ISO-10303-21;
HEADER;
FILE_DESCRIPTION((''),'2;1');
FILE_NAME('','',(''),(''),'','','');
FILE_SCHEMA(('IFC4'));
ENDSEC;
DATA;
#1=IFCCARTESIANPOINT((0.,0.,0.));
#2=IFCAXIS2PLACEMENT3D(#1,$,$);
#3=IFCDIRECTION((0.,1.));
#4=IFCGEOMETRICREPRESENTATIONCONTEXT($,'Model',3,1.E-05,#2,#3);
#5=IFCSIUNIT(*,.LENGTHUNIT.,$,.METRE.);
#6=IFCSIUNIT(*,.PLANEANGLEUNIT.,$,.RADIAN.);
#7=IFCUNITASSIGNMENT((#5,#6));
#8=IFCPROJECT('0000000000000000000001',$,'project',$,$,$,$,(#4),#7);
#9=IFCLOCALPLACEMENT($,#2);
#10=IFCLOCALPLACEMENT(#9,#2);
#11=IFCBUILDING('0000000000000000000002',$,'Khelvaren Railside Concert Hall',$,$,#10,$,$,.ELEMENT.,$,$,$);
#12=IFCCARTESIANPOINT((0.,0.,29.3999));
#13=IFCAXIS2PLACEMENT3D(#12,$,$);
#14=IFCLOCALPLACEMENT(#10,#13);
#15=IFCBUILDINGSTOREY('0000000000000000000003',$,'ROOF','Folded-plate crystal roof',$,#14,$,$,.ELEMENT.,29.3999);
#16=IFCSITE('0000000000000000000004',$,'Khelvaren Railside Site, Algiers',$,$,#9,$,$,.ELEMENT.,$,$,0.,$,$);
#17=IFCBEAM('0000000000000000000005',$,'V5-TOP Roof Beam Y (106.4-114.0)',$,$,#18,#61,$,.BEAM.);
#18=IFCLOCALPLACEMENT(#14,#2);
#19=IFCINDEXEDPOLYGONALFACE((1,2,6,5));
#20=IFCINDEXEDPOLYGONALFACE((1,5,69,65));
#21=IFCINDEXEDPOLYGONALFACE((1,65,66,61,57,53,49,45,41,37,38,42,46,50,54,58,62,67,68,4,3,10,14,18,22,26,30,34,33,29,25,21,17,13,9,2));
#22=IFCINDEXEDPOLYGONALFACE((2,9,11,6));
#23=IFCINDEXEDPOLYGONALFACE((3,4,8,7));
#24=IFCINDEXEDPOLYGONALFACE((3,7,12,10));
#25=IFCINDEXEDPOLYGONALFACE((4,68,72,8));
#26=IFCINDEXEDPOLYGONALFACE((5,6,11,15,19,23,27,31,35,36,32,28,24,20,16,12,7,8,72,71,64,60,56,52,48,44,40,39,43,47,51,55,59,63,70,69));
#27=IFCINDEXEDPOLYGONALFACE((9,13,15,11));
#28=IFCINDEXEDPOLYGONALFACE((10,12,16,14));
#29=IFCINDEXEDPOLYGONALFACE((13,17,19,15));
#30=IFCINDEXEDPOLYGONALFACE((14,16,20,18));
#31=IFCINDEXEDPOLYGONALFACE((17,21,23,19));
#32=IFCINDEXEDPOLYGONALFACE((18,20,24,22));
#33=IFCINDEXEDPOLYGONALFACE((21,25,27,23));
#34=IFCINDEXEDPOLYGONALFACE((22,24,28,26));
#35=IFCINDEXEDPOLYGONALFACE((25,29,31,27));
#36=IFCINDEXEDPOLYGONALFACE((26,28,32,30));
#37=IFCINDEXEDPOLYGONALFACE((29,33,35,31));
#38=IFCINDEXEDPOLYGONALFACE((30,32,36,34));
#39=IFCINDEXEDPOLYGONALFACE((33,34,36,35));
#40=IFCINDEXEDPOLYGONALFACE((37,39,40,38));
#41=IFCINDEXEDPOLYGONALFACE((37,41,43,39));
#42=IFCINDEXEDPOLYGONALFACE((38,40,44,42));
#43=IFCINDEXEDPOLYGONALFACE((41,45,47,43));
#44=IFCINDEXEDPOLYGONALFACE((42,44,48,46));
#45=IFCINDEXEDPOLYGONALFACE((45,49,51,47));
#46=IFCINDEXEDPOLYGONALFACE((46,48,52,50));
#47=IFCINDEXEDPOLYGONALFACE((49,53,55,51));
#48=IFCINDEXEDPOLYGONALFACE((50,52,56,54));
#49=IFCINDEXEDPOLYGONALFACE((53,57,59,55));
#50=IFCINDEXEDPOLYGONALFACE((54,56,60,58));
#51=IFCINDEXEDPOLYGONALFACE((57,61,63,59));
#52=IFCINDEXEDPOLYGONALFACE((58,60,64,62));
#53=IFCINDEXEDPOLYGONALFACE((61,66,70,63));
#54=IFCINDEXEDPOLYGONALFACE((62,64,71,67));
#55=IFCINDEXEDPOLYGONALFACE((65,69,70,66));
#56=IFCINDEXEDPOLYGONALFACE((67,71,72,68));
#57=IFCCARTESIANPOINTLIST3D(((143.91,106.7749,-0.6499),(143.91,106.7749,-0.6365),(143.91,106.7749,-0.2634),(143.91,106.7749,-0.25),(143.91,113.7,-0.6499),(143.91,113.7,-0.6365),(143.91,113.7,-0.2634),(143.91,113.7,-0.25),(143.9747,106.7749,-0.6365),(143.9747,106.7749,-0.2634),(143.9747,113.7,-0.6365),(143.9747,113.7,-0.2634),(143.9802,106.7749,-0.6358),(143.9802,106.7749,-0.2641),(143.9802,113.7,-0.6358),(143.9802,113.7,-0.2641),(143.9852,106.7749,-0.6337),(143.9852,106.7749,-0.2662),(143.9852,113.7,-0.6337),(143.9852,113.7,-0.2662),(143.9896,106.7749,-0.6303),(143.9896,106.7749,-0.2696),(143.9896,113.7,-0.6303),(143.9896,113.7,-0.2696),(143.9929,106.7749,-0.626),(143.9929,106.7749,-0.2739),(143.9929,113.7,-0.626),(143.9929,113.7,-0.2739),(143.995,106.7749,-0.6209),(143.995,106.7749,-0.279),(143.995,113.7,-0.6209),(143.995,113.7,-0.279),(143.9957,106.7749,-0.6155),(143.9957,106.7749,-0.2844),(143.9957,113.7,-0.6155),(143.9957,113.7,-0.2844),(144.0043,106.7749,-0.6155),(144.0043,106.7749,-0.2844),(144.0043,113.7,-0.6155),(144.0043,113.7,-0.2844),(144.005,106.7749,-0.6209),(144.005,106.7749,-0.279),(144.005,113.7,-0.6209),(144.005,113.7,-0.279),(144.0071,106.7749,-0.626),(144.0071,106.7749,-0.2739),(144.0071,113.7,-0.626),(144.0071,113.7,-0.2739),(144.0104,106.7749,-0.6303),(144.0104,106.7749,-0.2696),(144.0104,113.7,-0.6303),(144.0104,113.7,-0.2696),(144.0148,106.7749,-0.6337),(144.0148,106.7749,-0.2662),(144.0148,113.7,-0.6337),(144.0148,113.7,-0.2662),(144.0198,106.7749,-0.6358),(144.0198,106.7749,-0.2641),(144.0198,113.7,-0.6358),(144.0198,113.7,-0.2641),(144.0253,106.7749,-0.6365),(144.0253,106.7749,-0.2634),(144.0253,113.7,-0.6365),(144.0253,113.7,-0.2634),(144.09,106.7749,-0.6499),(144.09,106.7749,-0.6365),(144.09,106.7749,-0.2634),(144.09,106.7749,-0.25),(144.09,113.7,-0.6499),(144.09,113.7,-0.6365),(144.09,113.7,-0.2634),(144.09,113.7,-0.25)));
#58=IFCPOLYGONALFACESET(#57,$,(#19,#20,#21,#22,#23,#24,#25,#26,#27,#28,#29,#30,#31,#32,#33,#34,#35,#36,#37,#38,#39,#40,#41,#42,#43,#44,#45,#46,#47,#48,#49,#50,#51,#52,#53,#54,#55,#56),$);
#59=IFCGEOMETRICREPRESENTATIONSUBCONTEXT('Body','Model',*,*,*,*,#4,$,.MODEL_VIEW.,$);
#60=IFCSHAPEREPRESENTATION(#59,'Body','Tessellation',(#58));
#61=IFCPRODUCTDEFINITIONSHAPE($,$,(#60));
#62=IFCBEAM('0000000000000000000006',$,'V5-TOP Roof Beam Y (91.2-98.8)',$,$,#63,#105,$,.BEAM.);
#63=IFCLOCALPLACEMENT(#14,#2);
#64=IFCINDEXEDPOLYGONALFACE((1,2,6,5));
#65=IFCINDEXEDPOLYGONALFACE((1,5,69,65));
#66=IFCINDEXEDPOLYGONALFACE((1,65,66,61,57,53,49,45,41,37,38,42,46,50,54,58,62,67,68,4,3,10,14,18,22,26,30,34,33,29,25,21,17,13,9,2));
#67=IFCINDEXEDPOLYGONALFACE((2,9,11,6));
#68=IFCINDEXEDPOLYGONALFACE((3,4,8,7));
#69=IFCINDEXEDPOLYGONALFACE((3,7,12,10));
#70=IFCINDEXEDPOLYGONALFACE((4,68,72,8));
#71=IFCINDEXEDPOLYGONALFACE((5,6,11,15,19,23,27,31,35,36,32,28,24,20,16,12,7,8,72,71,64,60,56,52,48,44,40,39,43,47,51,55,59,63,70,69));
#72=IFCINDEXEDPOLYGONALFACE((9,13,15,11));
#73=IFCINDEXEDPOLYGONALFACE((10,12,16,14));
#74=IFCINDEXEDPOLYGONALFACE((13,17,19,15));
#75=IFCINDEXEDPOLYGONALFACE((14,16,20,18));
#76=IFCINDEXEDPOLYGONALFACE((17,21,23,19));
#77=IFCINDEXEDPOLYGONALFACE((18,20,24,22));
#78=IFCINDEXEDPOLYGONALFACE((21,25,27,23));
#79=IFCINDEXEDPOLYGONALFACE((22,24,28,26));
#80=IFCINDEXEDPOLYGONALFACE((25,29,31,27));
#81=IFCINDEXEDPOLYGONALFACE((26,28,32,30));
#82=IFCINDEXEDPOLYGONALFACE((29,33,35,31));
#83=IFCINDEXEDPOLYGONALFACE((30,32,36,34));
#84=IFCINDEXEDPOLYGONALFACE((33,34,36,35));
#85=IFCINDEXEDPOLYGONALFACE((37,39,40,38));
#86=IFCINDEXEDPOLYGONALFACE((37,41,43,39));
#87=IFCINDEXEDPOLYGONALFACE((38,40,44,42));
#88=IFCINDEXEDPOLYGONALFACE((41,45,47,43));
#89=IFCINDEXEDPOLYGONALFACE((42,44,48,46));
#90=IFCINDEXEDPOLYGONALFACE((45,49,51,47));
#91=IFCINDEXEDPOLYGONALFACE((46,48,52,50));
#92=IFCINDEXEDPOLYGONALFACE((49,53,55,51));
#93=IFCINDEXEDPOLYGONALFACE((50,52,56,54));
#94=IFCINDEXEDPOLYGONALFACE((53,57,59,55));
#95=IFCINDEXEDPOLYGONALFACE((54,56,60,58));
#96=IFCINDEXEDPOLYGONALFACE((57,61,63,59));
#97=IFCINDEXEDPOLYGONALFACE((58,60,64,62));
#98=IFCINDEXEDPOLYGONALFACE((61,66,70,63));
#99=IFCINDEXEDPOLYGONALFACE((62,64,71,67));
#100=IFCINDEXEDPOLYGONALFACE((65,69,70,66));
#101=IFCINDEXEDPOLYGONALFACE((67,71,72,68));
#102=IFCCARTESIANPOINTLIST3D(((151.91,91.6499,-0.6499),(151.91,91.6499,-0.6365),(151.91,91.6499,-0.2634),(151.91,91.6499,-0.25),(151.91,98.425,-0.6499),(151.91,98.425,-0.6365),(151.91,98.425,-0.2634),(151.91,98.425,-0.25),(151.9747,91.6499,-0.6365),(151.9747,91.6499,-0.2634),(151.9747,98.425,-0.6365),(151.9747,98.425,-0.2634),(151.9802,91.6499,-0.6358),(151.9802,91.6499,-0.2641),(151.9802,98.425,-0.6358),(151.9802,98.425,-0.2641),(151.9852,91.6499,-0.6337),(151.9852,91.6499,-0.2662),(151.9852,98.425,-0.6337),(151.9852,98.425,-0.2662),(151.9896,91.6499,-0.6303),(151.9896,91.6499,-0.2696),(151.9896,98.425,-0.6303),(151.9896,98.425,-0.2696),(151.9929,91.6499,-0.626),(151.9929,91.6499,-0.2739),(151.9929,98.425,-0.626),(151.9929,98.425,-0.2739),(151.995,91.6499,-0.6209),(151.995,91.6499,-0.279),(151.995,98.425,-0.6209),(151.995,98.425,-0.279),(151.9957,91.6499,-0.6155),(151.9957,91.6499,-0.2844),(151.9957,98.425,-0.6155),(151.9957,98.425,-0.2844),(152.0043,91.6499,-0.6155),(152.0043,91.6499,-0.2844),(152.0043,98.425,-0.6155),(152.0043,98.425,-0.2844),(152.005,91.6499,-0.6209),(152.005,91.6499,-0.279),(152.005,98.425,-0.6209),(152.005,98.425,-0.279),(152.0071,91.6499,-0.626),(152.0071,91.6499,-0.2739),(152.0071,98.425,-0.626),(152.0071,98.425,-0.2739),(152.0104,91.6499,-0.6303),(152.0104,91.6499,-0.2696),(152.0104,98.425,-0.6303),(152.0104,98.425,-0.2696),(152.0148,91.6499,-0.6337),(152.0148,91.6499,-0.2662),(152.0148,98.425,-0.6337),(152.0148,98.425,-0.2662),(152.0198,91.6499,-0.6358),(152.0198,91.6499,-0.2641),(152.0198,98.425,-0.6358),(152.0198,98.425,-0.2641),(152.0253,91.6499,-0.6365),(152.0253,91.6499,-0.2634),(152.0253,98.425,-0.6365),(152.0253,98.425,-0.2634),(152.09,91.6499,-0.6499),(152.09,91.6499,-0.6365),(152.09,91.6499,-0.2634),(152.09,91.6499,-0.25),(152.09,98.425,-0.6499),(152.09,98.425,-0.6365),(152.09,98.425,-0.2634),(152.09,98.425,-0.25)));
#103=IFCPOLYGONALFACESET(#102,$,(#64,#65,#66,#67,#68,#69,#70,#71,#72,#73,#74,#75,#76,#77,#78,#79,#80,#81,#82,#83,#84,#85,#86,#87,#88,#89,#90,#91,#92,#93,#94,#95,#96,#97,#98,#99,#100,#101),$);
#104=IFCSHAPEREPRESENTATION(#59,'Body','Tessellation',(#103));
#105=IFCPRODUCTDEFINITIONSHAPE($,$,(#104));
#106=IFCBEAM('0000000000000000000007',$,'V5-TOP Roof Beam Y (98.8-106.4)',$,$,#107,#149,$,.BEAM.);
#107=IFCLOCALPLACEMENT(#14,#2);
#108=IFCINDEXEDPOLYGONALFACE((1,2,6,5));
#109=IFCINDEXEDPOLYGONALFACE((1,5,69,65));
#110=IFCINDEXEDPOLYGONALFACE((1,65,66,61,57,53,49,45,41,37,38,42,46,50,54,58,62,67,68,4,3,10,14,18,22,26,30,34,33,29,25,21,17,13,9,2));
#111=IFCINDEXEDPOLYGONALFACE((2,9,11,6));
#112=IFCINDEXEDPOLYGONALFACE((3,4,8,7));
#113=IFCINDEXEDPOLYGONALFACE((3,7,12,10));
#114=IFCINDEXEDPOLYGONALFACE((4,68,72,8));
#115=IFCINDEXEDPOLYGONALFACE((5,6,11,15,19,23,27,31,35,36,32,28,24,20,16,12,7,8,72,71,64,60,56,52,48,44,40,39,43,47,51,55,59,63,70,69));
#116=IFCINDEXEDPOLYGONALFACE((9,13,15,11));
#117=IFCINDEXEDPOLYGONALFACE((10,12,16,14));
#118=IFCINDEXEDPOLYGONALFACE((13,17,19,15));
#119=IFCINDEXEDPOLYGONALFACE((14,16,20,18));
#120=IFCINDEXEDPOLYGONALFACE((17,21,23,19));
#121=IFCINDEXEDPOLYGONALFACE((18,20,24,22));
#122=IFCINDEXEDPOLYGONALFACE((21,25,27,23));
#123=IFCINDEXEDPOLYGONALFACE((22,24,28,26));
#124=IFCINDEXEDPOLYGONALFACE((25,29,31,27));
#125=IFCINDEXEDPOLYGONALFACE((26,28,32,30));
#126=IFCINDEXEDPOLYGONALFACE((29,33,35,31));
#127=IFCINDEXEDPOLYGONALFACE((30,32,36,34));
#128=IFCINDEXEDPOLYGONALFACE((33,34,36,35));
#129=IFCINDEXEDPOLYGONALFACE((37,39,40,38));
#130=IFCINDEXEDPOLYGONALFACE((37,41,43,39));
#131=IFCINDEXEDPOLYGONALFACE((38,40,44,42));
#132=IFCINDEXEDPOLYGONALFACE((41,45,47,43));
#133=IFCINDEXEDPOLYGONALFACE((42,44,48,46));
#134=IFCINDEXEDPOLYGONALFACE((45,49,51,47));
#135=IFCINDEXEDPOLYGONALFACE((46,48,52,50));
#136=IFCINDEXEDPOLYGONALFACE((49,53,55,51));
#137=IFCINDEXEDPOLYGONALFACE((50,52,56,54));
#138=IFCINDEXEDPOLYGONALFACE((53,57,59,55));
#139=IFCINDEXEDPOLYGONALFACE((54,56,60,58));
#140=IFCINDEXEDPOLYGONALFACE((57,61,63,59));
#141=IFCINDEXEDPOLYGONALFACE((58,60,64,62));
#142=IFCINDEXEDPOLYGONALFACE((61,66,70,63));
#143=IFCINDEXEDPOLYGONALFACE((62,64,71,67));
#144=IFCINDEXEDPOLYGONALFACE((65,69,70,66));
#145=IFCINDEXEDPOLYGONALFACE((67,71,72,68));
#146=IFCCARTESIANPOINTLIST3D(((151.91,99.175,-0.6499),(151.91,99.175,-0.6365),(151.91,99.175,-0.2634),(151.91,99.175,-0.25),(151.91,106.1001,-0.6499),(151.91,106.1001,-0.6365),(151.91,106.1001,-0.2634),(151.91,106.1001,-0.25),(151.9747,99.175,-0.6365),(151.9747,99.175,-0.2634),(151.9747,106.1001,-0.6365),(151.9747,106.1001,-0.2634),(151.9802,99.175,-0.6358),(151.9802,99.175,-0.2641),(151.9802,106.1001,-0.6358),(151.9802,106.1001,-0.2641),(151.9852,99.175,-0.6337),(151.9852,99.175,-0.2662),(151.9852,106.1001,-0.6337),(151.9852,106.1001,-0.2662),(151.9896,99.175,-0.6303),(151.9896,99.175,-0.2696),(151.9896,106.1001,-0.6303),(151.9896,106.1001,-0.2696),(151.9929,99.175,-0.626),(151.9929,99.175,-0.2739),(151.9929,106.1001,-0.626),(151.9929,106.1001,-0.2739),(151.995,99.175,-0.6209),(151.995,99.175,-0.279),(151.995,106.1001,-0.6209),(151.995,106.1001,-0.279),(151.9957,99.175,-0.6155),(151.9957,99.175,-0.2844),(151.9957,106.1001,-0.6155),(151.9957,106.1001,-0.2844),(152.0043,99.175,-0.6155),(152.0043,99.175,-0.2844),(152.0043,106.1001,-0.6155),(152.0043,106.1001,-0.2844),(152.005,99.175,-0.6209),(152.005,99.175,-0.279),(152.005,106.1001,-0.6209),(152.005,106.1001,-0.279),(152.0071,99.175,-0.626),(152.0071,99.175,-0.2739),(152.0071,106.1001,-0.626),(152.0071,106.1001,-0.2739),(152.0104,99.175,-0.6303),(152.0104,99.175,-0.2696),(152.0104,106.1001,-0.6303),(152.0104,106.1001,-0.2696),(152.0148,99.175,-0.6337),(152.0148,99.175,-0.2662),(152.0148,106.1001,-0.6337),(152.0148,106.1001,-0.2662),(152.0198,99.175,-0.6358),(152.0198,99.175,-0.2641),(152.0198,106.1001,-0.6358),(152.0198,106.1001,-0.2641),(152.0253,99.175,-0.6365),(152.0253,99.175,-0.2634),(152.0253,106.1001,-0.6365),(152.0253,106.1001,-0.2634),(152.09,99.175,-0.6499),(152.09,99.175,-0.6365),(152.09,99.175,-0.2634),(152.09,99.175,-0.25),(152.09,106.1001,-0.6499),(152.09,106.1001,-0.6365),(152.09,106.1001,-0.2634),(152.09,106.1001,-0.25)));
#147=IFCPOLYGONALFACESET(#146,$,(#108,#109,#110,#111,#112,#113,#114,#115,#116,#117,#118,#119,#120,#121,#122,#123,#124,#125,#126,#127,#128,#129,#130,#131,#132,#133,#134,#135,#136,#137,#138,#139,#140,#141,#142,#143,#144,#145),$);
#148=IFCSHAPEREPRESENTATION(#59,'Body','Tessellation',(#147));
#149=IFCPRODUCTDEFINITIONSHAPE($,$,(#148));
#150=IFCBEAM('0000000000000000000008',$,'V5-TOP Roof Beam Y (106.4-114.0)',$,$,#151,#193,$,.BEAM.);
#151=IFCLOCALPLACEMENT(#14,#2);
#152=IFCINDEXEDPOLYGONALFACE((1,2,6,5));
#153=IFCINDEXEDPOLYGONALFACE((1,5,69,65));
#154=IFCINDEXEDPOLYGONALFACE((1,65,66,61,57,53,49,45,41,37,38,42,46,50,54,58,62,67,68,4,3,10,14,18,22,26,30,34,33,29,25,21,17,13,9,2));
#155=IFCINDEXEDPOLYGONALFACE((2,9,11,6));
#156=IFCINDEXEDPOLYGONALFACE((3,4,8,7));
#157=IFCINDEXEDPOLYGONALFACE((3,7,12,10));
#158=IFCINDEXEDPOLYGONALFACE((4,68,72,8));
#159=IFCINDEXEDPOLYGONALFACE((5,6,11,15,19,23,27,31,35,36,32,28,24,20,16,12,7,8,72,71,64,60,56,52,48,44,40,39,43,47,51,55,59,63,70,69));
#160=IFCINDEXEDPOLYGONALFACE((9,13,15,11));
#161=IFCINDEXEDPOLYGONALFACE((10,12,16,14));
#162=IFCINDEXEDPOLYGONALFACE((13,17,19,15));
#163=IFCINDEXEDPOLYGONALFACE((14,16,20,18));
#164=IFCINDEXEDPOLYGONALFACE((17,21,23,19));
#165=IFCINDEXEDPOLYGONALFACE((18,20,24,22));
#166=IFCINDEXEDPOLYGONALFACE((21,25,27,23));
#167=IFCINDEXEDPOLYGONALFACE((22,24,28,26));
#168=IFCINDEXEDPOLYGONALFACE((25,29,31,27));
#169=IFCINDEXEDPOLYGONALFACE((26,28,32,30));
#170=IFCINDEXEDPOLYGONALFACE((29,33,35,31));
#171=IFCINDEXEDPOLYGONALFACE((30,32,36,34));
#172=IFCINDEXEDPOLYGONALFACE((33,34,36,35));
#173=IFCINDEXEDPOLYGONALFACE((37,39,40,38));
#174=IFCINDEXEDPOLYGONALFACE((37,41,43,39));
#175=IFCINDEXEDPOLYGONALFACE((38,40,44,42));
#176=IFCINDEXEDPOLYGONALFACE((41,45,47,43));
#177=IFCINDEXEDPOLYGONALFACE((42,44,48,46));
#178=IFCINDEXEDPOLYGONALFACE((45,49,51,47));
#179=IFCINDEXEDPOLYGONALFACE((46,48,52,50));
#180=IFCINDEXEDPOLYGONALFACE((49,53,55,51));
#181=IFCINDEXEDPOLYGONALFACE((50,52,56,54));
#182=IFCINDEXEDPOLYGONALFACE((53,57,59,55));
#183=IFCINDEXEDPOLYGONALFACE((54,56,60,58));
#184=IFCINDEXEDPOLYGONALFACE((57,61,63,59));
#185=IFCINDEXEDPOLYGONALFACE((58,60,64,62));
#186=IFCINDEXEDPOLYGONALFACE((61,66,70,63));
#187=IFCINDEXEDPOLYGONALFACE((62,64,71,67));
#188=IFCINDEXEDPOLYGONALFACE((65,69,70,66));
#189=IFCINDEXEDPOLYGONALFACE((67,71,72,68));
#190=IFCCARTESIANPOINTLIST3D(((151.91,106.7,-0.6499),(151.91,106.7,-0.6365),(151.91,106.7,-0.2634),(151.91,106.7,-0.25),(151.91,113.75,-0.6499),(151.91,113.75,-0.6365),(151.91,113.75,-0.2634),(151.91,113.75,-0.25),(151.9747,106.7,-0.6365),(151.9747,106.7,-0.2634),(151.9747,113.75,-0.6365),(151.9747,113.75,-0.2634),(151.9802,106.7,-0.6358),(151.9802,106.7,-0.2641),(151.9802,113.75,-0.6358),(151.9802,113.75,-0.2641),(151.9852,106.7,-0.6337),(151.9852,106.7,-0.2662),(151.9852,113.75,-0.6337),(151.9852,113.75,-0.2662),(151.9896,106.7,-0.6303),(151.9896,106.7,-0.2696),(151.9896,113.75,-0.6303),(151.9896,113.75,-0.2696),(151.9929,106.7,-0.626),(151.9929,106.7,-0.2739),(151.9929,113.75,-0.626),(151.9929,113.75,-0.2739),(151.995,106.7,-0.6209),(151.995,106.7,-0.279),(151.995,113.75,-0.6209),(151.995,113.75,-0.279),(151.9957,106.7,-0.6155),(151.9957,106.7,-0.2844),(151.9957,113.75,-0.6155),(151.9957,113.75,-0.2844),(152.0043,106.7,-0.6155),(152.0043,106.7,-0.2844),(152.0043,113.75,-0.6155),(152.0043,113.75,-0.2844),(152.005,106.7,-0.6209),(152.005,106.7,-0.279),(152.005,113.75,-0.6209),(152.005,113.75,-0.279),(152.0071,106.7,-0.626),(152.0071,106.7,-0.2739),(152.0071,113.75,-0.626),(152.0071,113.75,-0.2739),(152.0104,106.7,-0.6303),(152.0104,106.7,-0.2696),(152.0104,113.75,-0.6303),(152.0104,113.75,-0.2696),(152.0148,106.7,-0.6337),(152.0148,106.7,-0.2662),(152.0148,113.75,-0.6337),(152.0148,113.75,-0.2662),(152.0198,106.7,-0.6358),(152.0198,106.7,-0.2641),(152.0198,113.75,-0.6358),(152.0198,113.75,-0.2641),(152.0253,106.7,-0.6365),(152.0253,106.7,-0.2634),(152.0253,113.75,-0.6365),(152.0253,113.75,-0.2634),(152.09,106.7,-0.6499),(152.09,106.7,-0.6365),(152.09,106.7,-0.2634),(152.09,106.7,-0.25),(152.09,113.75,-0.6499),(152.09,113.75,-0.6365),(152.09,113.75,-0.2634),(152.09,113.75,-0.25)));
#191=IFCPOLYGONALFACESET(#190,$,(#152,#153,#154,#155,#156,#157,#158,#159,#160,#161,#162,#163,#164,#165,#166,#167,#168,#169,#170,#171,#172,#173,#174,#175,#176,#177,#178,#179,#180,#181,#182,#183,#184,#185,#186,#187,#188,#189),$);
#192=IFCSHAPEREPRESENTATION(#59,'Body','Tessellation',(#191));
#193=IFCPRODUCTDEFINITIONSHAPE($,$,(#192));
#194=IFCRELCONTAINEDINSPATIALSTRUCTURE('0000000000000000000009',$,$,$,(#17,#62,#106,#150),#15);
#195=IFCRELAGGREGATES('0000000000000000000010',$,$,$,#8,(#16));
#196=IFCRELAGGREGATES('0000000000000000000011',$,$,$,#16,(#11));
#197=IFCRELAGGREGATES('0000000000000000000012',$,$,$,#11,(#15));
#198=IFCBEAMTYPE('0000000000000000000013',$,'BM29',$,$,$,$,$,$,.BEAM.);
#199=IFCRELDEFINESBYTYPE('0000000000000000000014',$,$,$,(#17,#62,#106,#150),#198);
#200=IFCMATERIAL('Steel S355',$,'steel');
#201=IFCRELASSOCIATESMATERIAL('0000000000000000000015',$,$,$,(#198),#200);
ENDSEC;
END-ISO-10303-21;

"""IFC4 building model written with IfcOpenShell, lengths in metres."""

from ifc_helpers import new_model, si_unit, direction, frame, origin, origin_2d, place, context, subcontext, project, spatial, i_section, extrude, material, material_profile, profile_set, type_object, element, save


model = new_model("IFC4")

# Units and contexts
model_context = context("Model", 3, precision=1e-05, world=origin(), true_north=direction((0.0, 1.0)))
body_context = subcontext(model_context, "Body", "Model", "MODEL_VIEW")
ifc_project = project(units=[si_unit("LENGTHUNIT", "METRE"), si_unit("PLANEANGLEUNIT", "RADIAN")], contexts=[model_context])

# Site, building, storey
site_placement = place(None, origin())
site = spatial("IfcSite", under=ifc_project, at=site_placement, Name="Khelvaren Railside Site, Algiers", CompositionType="ELEMENT", RefElevation=0.0)
building_placement = place(site_placement, origin())
building = spatial("IfcBuilding", under=site, at=building_placement, Name="Khelvaren Railside Concert Hall", CompositionType="ELEMENT")
storey_placement = place(building_placement, frame((0.0, 0.0, 29.3999)))
storey = spatial("IfcBuildingStorey", under=building, at=storey_placement, Name="ROOF", Description="Folded-plate crystal roof", CompositionType="ELEMENT", Elevation=29.3999)

# Beams
ifc_material_1 = material(Name="Steel S355", Category="steel")
ifc_material_profile_1 = material_profile(ifc_material_1, i_section(OverallWidth=0.1799, OverallDepth=0.3999, WebThickness=0.0085, FlangeThickness=0.0134, FilletRadius=0.021, at=origin_2d()), Name="IPE 400")
ifc_profile_set_1 = profile_set([ifc_material_profile_1], Name="Steel S355")
beam_type = type_object("IfcBeamType", Name="BM29", PredefinedType="BEAM", material=ifc_profile_set_1)
beam_1_placement = place(storey_placement, frame((144.0, 106.7749, -0.45), z_axis=(0.0, 1.0, 0.0), x_axis=(-1.0, 0.0, 0.0)))
element("IfcBeam", 1, at=beam_1_placement, inside=storey, type_object=beam_type, Name="V5-TOP Roof Beam Y (106.4-114.0)", PredefinedType="BEAM", context=body_context, shape_type="SweptSolid", body=[
    extrude(i_section(OverallWidth=0.1799, OverallDepth=0.3999, WebThickness=0.0085, FlangeThickness=0.0134, FilletRadius=0.021, at=origin_2d()), origin(), (0.0, 0.0, 1.0), 6.925),
])
beam_2_placement = place(storey_placement, frame((152.0, 91.6499, -0.45), z_axis=(0.0, 1.0, 0.0), x_axis=(-1.0, 0.0, 0.0)))
element("IfcBeam", 2, at=beam_2_placement, inside=storey, type_object=beam_type, Name="V5-TOP Roof Beam Y (91.2-98.8)", PredefinedType="BEAM", context=body_context, shape_type="SweptSolid", body=[
    extrude(i_section(OverallWidth=0.1799, OverallDepth=0.3999, WebThickness=0.0085, FlangeThickness=0.0134, FilletRadius=0.021, at=origin_2d()), origin(), (0.0, 0.0, 1.0), 6.7751),
])
beam_3_placement = place(storey_placement, frame((152.0, 99.175, -0.45), z_axis=(0.0, 1.0, 0.0), x_axis=(-1.0, 0.0, 0.0)))
element("IfcBeam", 3, at=beam_3_placement, inside=storey, type_object=beam_type, Name="V5-TOP Roof Beam Y (98.8-106.4)", PredefinedType="BEAM", context=body_context, shape_type="SweptSolid", body=[
    extrude(i_section(OverallWidth=0.1799, OverallDepth=0.3999, WebThickness=0.0085, FlangeThickness=0.0134, FilletRadius=0.021, at=origin_2d()), origin(), (0.0, 0.0, 1.0), 6.925),
])
beam_4_placement = place(storey_placement, frame((152.0, 106.7, -0.45), z_axis=(0.0, 1.0, 0.0), x_axis=(-1.0, 0.0, 0.0)))
element("IfcBeam", 4, at=beam_4_placement, inside=storey, type_object=beam_type, Name="V5-TOP Roof Beam Y (106.4-114.0)", PredefinedType="BEAM", context=body_context, shape_type="SweptSolid", body=[
    extrude(i_section(OverallWidth=0.1799, OverallDepth=0.3999, WebThickness=0.0085, FlangeThickness=0.0134, FilletRadius=0.021, at=origin_2d()), origin(), (0.0, 0.0, 1.0), 7.05),
])

save(model, "model.ifc")
